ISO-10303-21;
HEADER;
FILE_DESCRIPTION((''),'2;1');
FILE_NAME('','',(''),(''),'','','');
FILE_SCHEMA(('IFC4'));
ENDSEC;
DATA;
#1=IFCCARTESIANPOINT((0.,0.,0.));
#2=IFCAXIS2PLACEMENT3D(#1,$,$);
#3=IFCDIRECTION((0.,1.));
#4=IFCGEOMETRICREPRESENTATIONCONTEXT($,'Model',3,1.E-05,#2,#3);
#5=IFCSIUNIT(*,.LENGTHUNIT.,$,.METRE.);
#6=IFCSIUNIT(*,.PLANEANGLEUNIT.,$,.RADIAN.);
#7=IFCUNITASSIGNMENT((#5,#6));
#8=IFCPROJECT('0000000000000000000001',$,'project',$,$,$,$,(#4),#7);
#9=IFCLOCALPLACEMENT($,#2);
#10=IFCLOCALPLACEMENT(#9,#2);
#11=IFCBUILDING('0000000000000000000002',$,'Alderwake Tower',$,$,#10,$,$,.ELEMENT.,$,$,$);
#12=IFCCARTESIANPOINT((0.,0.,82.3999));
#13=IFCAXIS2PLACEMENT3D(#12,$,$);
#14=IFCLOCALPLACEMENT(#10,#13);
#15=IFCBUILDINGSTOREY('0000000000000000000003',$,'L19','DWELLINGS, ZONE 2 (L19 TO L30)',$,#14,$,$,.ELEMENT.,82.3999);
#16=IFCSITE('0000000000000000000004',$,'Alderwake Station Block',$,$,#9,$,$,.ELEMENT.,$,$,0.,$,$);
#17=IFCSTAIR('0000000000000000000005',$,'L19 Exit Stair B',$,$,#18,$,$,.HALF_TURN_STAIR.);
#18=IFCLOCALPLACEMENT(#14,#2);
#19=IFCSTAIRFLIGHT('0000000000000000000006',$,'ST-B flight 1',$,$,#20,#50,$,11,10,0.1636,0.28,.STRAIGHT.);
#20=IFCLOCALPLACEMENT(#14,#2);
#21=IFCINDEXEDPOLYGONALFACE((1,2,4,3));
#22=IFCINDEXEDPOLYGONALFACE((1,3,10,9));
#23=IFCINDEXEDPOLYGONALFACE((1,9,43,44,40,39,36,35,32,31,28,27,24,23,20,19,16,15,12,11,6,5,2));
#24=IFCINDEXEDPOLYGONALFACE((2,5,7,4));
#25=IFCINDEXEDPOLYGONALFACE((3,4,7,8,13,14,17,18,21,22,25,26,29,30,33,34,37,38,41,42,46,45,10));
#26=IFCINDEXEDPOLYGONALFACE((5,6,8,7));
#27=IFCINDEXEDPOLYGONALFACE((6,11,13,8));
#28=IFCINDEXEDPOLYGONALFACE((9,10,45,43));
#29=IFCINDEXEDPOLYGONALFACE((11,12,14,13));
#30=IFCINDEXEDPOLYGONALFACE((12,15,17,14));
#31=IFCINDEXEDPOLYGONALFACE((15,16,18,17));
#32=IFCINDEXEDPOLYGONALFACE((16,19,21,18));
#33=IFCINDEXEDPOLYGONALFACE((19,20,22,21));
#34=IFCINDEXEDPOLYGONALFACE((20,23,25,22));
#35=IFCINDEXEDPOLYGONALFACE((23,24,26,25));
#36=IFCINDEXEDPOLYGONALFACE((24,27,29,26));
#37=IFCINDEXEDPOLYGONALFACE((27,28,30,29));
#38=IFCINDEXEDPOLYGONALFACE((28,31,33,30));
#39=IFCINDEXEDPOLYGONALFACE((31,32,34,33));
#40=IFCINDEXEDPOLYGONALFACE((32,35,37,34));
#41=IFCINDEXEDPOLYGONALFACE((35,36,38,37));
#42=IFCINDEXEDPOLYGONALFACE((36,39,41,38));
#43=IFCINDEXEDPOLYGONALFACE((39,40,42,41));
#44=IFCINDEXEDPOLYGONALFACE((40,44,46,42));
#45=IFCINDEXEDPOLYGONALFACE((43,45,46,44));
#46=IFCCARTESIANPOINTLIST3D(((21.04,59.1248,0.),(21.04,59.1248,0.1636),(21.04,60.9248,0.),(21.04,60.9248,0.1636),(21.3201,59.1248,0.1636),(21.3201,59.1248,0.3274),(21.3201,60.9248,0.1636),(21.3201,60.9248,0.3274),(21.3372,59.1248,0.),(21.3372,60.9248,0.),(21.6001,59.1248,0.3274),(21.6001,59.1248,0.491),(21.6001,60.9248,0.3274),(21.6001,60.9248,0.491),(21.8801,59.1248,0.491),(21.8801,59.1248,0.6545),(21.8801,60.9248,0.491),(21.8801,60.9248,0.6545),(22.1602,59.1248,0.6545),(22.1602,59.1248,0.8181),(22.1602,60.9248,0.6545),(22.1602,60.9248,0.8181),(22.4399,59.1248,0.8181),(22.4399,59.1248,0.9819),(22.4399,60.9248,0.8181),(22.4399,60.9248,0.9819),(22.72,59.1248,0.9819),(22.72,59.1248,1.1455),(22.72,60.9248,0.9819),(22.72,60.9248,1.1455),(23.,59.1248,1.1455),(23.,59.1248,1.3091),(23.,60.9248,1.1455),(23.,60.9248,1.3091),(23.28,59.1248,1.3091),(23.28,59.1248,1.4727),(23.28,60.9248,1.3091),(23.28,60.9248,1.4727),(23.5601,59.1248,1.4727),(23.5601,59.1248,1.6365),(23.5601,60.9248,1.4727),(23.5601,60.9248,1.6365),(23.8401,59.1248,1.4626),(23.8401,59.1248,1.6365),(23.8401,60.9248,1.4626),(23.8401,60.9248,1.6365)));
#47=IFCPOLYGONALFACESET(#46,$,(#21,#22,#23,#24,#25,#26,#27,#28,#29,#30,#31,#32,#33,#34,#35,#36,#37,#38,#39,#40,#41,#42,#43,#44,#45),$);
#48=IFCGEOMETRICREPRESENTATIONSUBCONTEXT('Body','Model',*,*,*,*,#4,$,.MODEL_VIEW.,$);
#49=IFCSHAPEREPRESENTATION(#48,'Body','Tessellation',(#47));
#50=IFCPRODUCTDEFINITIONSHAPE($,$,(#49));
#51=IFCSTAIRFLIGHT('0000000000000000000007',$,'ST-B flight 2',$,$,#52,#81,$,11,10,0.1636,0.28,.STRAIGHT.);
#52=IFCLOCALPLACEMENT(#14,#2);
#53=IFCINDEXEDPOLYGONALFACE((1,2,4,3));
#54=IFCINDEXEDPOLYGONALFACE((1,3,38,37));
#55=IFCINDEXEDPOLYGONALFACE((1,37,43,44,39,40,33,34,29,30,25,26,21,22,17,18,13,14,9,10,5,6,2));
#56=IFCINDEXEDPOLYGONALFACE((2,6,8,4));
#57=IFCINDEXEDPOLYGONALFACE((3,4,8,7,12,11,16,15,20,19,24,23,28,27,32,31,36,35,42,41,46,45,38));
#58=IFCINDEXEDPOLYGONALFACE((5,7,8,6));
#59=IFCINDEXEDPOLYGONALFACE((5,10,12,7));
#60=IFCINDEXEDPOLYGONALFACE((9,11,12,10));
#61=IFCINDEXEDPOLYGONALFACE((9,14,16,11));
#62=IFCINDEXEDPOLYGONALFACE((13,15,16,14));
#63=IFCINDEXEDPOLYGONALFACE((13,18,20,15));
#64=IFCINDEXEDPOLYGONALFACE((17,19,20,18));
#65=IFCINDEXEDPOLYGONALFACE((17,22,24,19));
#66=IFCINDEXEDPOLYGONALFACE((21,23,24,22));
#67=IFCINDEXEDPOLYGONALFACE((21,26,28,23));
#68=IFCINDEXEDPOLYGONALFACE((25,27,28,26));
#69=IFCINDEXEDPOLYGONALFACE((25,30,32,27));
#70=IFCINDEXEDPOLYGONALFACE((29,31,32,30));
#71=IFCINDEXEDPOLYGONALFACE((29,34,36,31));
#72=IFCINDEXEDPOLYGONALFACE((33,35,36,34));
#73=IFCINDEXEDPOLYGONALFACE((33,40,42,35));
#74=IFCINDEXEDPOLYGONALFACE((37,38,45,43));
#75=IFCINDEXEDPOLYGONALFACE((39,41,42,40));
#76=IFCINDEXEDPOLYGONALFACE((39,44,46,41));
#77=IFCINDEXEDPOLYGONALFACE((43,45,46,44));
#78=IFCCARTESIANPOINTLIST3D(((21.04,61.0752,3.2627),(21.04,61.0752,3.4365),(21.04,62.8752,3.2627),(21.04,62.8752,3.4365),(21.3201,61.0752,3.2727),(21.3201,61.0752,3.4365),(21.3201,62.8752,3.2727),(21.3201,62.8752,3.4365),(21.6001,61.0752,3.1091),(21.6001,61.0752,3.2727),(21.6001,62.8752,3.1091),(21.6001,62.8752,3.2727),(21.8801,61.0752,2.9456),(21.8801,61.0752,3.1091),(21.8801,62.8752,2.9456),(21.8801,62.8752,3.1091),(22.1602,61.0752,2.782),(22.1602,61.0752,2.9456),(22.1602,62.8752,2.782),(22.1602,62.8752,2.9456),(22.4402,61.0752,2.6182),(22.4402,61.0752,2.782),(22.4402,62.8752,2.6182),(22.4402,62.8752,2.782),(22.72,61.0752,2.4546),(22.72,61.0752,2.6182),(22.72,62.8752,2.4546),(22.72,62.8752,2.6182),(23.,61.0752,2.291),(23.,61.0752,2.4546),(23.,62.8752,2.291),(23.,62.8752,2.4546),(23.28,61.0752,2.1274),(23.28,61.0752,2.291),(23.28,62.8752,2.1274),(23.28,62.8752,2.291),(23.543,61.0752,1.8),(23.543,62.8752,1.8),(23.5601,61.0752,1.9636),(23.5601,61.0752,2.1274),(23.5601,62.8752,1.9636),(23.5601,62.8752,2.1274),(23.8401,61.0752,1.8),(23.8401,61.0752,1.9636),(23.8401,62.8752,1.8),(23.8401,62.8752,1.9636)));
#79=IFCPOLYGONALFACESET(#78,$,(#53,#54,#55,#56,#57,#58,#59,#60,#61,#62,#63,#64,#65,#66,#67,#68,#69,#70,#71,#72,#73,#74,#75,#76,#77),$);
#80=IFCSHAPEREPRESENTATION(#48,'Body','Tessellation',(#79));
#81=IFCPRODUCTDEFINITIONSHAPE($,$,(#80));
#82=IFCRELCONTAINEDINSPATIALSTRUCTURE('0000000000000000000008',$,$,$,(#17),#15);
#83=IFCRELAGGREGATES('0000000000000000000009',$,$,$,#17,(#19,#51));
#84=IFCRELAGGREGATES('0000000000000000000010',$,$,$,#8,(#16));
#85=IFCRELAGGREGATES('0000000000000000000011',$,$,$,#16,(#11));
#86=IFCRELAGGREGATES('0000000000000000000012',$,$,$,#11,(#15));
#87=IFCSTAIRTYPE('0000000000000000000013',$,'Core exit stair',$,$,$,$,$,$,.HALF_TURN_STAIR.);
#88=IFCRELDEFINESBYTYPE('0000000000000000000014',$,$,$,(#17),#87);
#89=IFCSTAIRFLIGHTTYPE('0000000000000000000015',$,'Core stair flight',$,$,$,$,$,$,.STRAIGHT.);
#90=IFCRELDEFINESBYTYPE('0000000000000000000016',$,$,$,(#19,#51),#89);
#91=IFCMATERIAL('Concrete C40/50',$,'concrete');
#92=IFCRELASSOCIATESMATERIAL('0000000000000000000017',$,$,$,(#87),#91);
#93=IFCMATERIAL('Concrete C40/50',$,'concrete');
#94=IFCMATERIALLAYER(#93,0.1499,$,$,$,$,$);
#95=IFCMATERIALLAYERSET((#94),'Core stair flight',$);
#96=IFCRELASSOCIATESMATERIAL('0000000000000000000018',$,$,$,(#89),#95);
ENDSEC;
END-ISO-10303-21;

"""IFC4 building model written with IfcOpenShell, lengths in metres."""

from ifc_helpers import new_model, si_unit, direction, frame, origin, place, context, subcontext, project, spatial, polyline, outline, extrude, material, layer, layer_set, type_object, element, aggregate, save


model = new_model("IFC4")

# Units and contexts
model_context = context("Model", 3, precision=1e-05, world=origin(), true_north=direction((0.0, 1.0)))
body_context = subcontext(model_context, "Body", "Model", "MODEL_VIEW")
ifc_project = project(units=[si_unit("LENGTHUNIT", "METRE"), si_unit("PLANEANGLEUNIT", "RADIAN")], contexts=[model_context])

# Site, building, storey
site_placement = place(None, origin())
site = spatial("IfcSite", under=ifc_project, at=site_placement, Name="Alderwake Station Block", CompositionType="ELEMENT", RefElevation=0.0)
building_placement = place(site_placement, origin())
building = spatial("IfcBuilding", under=site, at=building_placement, Name="Alderwake Tower", CompositionType="ELEMENT")
storey_placement = place(building_placement, frame((0.0, 0.0, 82.3999)))
storey = spatial("IfcBuildingStorey", under=building, at=storey_placement, Name="L19", Description="DWELLINGS, ZONE 2 (L19 TO L30)", CompositionType="ELEMENT", Elevation=82.3999)

# Stair, stair flights
ifc_material_1 = material(Name="Concrete C40/50", Category="concrete")
stair_type = type_object("IfcStairType", Name="Core exit stair", PredefinedType="HALF_TURN_STAIR", material=ifc_material_1)
stair_placement = place(storey_placement, origin())
stair = element("IfcStair", 1, at=stair_placement, inside=storey, type_object=stair_type, Name="L19 Exit Stair B", PredefinedType="HALF_TURN_STAIR")
ifc_material_2 = material(Name="Concrete C40/50", Category="concrete")
ifc_layer_1 = layer(ifc_material_2, 0.1499)
ifc_layer_set_1 = layer_set([ifc_layer_1], Name="Core stair flight")
stair_flight_type = type_object("IfcStairFlightType", Name="Core stair flight", PredefinedType="STRAIGHT", material=ifc_layer_set_1)
stair_flight_1_placement = place(storey_placement, frame((21.04, 60.0249, 0.0), z_axis=(0.0, 0.0, 1.0), x_axis=(1.0, 0.0, 0.0)))
stair_flight_1 = element("IfcStairFlight", 2, at=stair_flight_1_placement, type_object=stair_flight_type, Name="ST-B flight 1", NumberOfRisers=11, NumberOfTreads=10, PredefinedType="STRAIGHT", RiserHeight=0.1636, TreadLength=0.28, context=body_context, shape_type="SweptSolid", body=[
    extrude(outline(polyline([(0.0, 0.0), (0.0, 0.1636), (0.28, 0.1636), (0.28, 0.3274), (0.5601, 0.3274), (0.5601, 0.491), (0.8401, 0.491), (0.8401, 0.6545), (1.1201, 0.6545), (1.1201, 0.8181), (1.3999, 0.8181), (1.3999, 0.9819), (1.6799, 0.9819), (1.6799, 1.1455), (1.96, 1.1455), (1.96, 1.3091), (2.24, 1.3091), (2.24, 1.4727), (2.52, 1.4727), (2.52, 1.6365), (2.8, 1.6365), (2.8, 1.8), (2.8, 1.4626), (0.2971, 0.0), (0.0, 0.0)])), frame((0.0, 0.8999, 0.0), z_axis=(0.0, -1.0, 0.0), x_axis=(1.0, 0.0, 0.0)), (0.0, 0.0, 1.0), 1.8),
])
stair_flight_2_placement = place(storey_placement, frame((23.8401, 61.9751, 1.8), z_axis=(0.0, 0.0, 1.0), x_axis=(-1.0, 0.0, 0.0)))
stair_flight_2 = element("IfcStairFlight", 3, at=stair_flight_2_placement, type_object=stair_flight_type, Name="ST-B flight 2", NumberOfRisers=11, NumberOfTreads=10, PredefinedType="STRAIGHT", RiserHeight=0.1636, TreadLength=0.28, context=body_context, shape_type="SweptSolid", body=[
    extrude(outline(polyline([(0.0, 0.0), (0.0, 0.1636), (0.28, 0.1636), (0.28, 0.3274), (0.5601, 0.3274), (0.5601, 0.491), (0.8401, 0.491), (0.8401, 0.6545), (1.1201, 0.6545), (1.1201, 0.8181), (1.3999, 0.8181), (1.3999, 0.9819), (1.6799, 0.9819), (1.6799, 1.1455), (1.96, 1.1455), (1.96, 1.3091), (2.24, 1.3091), (2.24, 1.4727), (2.52, 1.4727), (2.52, 1.6365), (2.8, 1.6365), (2.8, 1.8), (2.8, 1.4626), (0.2971, 0.0), (0.0, 0.0)])), frame((0.0, 0.8999, 0.0), z_axis=(0.0, -1.0, 0.0), x_axis=(1.0, 0.0, 0.0)), (0.0, 0.0, 1.0), 1.8),
])
aggregate(stair, [stair_flight_1, stair_flight_2])

save(model, "model.ifc")
